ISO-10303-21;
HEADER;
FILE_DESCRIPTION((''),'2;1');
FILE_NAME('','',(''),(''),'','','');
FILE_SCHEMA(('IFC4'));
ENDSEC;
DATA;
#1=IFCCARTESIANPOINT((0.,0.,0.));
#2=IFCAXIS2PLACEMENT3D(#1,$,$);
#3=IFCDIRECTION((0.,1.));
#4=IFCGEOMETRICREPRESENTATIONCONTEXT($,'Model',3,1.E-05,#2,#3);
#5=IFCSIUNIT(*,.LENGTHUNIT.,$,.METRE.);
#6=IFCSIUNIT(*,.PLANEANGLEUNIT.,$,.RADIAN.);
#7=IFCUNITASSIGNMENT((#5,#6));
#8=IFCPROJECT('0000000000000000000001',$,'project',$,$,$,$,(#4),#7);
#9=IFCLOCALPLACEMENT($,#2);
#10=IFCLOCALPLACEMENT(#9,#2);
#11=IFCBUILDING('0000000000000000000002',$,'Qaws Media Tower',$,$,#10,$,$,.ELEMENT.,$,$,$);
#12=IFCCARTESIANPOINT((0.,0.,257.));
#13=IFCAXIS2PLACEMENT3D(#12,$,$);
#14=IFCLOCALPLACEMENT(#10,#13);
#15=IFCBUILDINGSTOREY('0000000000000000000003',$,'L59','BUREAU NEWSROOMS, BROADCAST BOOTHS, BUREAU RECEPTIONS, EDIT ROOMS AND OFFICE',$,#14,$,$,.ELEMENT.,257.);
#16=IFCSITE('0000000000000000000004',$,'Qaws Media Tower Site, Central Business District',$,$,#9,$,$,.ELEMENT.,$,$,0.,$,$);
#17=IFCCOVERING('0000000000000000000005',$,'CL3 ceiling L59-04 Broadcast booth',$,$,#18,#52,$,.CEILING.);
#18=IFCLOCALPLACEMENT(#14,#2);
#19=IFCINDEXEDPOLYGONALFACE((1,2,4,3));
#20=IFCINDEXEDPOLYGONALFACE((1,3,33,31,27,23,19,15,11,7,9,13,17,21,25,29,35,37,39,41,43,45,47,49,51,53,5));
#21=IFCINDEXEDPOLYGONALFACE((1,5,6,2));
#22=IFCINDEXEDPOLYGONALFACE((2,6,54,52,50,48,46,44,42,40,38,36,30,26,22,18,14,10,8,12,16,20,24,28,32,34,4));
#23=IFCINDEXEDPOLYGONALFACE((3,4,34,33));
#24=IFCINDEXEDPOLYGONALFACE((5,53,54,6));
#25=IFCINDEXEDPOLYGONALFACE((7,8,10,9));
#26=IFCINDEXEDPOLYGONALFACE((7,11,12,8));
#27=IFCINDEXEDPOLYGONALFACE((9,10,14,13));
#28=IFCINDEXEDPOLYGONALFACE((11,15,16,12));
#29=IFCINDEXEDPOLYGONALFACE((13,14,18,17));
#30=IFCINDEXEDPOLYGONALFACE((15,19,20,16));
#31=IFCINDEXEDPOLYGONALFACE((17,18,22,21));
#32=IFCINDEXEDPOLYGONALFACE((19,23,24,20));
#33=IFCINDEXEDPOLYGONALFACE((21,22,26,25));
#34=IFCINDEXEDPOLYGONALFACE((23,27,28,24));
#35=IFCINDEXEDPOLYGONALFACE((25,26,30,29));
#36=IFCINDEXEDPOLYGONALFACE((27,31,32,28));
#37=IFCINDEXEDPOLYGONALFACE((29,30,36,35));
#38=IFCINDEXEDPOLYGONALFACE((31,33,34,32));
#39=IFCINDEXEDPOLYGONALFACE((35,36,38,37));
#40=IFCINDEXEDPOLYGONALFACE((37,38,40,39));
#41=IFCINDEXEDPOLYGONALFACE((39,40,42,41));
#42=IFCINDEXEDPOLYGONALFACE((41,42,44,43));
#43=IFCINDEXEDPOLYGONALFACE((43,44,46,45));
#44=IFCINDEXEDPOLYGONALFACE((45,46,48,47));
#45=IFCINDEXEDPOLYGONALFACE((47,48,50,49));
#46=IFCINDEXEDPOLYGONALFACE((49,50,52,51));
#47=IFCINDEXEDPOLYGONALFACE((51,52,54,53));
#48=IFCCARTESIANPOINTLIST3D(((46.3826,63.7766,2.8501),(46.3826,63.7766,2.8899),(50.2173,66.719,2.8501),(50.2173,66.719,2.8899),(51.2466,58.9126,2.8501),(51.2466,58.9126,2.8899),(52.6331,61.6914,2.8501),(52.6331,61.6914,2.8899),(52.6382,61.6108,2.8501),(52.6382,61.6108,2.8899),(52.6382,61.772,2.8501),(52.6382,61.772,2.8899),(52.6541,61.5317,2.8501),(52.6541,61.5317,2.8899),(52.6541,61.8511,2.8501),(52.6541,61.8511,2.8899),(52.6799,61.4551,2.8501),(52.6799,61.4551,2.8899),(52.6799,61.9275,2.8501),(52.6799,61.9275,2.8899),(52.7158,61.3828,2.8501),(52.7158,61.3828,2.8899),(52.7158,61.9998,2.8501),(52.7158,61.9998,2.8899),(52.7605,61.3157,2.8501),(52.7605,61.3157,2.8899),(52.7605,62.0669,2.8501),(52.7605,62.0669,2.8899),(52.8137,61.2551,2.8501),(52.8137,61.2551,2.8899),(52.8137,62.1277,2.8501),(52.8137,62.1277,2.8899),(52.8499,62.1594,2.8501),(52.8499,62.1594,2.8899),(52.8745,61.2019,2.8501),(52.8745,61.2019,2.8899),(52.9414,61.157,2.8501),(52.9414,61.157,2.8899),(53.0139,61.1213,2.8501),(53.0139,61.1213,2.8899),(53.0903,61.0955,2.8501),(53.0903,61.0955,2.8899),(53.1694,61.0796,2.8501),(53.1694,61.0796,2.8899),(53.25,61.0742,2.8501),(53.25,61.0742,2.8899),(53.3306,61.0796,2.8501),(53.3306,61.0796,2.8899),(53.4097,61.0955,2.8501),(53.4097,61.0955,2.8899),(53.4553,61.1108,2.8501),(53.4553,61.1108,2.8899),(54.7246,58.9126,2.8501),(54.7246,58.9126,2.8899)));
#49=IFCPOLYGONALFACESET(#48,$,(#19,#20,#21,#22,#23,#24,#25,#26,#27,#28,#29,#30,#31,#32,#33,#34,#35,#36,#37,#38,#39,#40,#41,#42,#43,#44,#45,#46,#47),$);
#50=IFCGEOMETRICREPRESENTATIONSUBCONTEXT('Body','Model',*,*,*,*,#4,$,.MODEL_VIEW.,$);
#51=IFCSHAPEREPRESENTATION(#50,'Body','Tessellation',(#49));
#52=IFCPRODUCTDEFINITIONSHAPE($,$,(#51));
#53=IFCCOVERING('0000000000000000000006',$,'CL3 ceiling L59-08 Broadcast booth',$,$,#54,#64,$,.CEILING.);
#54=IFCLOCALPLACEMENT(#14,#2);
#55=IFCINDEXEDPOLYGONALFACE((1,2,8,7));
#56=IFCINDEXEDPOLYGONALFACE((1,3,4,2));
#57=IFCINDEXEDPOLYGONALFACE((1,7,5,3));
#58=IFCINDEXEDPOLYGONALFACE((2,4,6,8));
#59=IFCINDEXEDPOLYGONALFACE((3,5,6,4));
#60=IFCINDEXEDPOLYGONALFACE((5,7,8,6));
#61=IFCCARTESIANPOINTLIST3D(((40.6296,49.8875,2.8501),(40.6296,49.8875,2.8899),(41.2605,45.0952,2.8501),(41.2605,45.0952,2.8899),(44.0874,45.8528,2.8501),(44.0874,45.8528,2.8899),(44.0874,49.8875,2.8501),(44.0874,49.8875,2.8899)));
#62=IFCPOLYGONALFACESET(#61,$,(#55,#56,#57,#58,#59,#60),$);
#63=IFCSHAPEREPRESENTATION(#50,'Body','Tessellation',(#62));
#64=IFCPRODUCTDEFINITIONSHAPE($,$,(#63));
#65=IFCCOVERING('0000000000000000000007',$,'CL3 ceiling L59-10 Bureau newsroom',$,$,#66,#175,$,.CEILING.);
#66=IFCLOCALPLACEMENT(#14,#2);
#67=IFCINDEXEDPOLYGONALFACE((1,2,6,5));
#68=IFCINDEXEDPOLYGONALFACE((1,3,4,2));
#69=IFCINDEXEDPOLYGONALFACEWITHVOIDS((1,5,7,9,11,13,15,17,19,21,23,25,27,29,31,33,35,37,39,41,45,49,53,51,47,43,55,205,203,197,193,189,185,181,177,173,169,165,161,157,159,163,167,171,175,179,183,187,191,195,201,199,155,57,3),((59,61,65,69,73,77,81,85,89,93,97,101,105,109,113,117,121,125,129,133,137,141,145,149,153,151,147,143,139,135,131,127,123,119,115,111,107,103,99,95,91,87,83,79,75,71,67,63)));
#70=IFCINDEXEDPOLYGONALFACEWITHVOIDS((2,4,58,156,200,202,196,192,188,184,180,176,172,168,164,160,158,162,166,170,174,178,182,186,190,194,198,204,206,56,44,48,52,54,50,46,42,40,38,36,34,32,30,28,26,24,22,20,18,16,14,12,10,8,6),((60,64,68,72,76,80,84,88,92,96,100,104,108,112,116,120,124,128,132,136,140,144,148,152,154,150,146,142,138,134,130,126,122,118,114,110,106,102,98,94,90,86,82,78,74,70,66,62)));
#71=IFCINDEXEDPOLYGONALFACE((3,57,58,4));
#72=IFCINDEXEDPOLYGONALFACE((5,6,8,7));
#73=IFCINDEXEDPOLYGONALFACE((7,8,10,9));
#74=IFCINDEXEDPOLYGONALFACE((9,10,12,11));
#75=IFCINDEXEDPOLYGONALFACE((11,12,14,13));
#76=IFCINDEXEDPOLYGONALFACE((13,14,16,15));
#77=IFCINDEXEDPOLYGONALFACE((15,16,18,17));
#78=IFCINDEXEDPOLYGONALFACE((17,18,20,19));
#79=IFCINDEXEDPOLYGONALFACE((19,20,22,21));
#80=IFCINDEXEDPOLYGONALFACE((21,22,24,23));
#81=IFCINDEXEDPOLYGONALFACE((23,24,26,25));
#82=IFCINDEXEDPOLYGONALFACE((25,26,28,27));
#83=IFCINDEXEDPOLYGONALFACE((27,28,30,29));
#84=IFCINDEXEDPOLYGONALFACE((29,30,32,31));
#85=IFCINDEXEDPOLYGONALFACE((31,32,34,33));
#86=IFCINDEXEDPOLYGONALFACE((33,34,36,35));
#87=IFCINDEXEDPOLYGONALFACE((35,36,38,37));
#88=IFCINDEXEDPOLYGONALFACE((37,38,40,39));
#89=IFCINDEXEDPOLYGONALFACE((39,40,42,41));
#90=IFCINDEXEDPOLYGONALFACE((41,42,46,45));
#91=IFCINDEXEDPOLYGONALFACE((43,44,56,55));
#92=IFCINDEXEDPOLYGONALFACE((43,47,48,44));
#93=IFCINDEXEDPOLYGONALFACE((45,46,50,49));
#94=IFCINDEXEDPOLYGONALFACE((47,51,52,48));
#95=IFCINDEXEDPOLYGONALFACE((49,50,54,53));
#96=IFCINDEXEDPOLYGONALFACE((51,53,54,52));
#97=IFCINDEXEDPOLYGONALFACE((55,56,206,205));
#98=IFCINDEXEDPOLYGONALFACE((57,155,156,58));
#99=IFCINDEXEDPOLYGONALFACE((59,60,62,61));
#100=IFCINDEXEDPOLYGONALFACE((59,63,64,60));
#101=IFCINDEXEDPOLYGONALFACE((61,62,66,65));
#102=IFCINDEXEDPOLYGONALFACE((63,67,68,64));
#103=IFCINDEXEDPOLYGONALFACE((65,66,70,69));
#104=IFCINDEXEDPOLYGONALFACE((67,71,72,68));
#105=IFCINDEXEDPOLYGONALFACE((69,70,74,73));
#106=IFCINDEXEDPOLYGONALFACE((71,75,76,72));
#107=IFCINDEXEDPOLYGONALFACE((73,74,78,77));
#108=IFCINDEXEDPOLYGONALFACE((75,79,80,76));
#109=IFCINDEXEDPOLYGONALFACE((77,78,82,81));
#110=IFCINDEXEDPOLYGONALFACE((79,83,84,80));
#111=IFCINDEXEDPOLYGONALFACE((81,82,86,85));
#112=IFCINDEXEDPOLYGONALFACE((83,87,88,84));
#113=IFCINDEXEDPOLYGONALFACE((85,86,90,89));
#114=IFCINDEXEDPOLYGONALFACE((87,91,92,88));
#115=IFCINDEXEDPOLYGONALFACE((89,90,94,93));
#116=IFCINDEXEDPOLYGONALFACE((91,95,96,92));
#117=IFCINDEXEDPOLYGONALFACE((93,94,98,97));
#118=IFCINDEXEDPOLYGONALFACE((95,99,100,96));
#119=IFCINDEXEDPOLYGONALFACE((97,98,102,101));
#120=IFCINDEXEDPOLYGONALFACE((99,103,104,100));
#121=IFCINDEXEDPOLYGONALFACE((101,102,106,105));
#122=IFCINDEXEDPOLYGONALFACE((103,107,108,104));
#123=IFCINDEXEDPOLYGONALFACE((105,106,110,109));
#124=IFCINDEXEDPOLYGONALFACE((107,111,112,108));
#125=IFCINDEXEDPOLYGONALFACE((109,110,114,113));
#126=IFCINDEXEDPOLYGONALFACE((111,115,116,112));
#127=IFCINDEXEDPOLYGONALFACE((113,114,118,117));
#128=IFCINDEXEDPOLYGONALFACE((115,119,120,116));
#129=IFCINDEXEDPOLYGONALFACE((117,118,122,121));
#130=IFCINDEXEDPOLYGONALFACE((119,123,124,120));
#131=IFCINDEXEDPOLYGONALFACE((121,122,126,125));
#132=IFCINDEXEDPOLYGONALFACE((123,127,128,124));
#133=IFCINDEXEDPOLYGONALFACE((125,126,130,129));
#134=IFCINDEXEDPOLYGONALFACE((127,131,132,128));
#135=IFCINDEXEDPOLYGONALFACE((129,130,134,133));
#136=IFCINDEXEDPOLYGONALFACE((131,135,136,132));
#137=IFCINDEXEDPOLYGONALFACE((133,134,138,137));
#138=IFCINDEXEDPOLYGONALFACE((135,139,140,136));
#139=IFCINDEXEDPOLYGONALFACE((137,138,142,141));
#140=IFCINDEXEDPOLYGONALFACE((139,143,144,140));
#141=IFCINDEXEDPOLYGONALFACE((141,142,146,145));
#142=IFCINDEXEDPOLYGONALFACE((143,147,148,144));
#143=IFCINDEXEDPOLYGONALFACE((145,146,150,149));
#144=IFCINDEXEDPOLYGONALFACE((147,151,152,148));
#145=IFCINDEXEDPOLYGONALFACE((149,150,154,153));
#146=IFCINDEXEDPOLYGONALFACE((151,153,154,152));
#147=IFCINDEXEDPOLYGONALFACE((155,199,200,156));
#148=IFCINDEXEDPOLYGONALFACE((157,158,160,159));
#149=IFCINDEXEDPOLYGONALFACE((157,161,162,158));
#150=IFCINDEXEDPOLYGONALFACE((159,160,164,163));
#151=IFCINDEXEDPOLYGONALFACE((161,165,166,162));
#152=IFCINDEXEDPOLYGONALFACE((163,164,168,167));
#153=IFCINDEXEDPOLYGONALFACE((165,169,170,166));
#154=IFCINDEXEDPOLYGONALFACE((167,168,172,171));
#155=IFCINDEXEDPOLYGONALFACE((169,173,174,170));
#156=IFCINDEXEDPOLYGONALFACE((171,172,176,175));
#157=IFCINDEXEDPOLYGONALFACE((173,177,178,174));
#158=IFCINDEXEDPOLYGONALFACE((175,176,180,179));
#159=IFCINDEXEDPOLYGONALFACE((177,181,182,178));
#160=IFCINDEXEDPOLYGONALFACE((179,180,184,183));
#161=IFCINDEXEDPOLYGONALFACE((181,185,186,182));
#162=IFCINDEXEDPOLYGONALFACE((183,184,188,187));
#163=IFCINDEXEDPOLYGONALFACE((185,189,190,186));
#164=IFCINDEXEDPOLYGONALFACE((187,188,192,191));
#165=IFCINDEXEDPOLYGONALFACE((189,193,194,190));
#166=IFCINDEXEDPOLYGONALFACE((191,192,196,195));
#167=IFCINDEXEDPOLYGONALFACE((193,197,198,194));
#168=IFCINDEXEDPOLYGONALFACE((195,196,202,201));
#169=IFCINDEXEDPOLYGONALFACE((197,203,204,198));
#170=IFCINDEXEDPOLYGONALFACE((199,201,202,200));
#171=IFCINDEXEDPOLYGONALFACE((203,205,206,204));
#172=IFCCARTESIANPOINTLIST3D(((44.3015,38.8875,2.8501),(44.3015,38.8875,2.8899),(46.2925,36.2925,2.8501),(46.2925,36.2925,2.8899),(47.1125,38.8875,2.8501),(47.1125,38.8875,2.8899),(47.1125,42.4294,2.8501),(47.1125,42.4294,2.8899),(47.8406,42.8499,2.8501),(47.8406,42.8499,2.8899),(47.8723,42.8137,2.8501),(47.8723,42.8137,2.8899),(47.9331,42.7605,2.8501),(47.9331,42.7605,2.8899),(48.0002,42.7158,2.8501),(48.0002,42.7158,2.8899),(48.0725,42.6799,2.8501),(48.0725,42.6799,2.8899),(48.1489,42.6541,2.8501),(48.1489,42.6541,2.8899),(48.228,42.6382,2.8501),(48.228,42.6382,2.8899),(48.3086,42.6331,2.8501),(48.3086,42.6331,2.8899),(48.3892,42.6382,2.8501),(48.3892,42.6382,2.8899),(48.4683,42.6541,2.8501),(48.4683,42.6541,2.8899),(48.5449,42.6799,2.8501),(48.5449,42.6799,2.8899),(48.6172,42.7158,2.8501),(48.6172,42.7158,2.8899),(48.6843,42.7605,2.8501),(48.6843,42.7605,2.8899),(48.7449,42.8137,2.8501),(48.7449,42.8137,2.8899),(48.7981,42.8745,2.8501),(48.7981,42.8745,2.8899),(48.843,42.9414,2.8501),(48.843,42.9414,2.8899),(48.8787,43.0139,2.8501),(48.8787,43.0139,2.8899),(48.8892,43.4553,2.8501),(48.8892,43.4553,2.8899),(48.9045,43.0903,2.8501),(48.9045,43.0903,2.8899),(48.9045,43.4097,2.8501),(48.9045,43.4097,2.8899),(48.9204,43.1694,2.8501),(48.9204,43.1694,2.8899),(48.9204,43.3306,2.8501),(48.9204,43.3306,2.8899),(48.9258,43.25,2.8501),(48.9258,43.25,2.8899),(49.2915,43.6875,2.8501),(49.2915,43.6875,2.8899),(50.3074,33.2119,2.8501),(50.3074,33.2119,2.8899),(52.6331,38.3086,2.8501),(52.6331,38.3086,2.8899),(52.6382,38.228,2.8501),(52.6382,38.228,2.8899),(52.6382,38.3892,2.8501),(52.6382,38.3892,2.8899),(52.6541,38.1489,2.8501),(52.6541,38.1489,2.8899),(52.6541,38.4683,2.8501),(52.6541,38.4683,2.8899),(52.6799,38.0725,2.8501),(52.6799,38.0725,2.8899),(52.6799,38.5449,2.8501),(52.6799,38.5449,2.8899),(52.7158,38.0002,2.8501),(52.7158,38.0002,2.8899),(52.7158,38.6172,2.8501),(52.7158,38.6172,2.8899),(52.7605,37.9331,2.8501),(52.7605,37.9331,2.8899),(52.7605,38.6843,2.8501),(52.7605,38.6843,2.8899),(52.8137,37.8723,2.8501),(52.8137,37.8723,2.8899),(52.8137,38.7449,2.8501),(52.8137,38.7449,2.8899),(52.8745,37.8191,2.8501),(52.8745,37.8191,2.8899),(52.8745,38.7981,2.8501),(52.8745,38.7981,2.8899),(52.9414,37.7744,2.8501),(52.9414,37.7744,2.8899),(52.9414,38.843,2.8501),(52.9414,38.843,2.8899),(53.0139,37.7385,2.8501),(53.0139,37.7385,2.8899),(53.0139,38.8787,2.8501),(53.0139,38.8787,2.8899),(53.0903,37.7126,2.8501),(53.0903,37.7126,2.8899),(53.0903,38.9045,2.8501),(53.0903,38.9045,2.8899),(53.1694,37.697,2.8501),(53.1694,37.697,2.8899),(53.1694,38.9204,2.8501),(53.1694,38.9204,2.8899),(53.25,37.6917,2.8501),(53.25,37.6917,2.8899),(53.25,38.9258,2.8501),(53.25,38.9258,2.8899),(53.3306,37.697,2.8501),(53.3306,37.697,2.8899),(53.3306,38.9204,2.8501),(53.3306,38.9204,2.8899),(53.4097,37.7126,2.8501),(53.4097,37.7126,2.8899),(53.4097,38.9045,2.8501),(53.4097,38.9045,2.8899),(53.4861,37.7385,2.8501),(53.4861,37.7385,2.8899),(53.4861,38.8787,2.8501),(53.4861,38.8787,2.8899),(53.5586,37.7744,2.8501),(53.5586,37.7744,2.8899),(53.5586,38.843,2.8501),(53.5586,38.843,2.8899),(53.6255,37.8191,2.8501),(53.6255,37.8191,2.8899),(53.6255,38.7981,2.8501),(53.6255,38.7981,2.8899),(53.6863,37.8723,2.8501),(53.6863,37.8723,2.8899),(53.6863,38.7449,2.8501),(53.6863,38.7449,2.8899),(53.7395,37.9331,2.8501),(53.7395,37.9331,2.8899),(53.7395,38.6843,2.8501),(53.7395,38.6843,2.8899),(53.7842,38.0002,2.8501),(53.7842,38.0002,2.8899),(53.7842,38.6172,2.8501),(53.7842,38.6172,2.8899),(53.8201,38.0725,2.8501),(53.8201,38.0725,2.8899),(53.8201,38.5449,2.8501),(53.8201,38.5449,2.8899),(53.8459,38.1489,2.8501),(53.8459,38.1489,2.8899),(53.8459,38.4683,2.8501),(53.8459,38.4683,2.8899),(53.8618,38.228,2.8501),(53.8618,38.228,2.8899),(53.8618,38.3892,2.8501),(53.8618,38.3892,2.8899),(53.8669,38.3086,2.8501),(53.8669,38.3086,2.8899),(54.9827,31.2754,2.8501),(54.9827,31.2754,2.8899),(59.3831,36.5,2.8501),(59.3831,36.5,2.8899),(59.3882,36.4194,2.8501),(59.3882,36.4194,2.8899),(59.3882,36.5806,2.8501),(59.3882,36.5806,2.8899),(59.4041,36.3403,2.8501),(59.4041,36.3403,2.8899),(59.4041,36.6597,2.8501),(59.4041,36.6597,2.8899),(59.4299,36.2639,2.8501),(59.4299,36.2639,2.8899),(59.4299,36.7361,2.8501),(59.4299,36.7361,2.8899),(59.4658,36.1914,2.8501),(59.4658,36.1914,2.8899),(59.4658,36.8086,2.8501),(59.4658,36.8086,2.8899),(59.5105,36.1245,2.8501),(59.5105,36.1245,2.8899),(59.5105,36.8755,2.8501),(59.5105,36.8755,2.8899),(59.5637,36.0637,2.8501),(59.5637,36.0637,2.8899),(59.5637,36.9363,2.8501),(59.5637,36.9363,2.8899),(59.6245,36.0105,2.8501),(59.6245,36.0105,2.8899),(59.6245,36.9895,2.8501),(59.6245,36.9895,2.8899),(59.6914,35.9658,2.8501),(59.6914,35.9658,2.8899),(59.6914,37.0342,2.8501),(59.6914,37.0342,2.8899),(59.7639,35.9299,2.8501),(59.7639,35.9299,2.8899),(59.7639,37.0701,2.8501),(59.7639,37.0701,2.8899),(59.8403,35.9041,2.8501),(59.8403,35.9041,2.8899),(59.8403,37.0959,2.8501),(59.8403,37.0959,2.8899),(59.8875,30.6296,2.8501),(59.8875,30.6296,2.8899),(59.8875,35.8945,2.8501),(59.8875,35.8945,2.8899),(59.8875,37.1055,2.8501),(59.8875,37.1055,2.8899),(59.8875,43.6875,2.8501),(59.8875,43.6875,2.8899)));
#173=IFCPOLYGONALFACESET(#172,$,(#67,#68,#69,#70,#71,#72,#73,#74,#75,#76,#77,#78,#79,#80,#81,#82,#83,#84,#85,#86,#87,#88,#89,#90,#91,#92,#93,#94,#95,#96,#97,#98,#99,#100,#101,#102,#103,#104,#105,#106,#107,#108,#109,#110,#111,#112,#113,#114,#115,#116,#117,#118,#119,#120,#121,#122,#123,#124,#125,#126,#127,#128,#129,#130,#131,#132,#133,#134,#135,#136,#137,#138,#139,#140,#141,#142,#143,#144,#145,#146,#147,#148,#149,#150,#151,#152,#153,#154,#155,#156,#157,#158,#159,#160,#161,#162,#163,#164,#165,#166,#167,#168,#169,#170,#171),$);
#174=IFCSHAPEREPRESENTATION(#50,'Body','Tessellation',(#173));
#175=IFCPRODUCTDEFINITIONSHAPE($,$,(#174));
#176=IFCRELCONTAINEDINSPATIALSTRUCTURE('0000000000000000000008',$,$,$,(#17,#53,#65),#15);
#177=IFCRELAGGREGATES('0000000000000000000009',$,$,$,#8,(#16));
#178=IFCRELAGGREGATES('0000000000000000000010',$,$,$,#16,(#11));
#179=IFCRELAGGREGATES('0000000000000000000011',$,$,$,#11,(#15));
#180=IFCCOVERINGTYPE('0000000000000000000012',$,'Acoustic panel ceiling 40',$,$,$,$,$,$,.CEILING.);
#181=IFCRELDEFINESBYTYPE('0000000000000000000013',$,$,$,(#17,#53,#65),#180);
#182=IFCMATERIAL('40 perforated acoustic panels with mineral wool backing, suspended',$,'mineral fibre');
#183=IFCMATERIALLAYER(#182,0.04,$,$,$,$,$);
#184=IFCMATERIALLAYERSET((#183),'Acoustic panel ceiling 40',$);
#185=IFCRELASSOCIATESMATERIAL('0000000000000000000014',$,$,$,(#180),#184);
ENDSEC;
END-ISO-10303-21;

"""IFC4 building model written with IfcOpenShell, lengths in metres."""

from ifc_helpers import new_model, si_unit, direction, frame, origin, place, context, subcontext, project, spatial, polyline, outline, extrude, material, layer, layer_set, type_object, element, save


model = new_model("IFC4")

# Units and contexts
model_context = context("Model", 3, precision=1e-05, world=origin(), true_north=direction((0.0, 1.0)))
body_context = subcontext(model_context, "Body", "Model", "MODEL_VIEW")
ifc_project = project(units=[si_unit("LENGTHUNIT", "METRE"), si_unit("PLANEANGLEUNIT", "RADIAN")], contexts=[model_context])

# Site, building, storey
site_placement = place(None, origin())
site = spatial("IfcSite", under=ifc_project, at=site_placement, Name="Qaws Media Tower Site, Central Business District", CompositionType="ELEMENT", RefElevation=0.0)
building_placement = place(site_placement, origin())
building = spatial("IfcBuilding", under=site, at=building_placement, Name="Qaws Media Tower", CompositionType="ELEMENT")
storey_placement = place(building_placement, frame((0.0, 0.0, 257.0)))
storey = spatial("IfcBuildingStorey", under=building, at=storey_placement, Name="L59", Description="BUREAU NEWSROOMS, BROADCAST BOOTHS, BUREAU RECEPTIONS, EDIT ROOMS AND OFFICE", CompositionType="ELEMENT", Elevation=257.0)

# Coverings
ifc_material_1 = material(Name="40 perforated acoustic panels with mineral wool backing, suspended", Category="mineral fibre")
ifc_layer_1 = layer(ifc_material_1, 0.04)
ifc_layer_set_1 = layer_set([ifc_layer_1], Name="Acoustic panel ceiling 40")
covering_type_1 = type_object("IfcCoveringType", Name="Acoustic panel ceiling 40", PredefinedType="CEILING", material=ifc_layer_set_1)
covering_1_placement = place(storey_placement, frame((0.0, 0.0, 2.8501)))
element("IfcCovering", 1, at=covering_1_placement, inside=storey, type_object=covering_type_1, Name="CL3 ceiling L59-04 Broadcast booth", PredefinedType="CEILING", context=body_context, shape_type="SweptSolid", body=[
    extrude(outline(polyline([(50.2173, 66.719), (52.8499, 62.1594), (52.8137, 62.1277), (52.7605, 62.0669), (52.7158, 61.9998), (52.6799, 61.9275), (52.6541, 61.8511), (52.6382, 61.772), (52.6331, 61.6914), (52.6382, 61.6108), (52.6541, 61.5317), (52.6799, 61.4551), (52.7158, 61.3828), (52.7605, 61.3157), (52.8137, 61.2551), (52.8745, 61.2019), (52.9414, 61.157), (53.0139, 61.1213), (53.0903, 61.0955), (53.1694, 61.0796), (53.25, 61.0742), (53.3306, 61.0796), (53.4097, 61.0955), (53.4553, 61.1108), (54.7246, 58.9126), (51.2466, 58.9126), (46.3826, 63.7766), (50.2173, 66.719)])), origin(), (0.0, 0.0, 1.0), 0.0398),
])
covering_2_placement = place(storey_placement, frame((0.0, 0.0, 2.8501)))
element("IfcCovering", 2, at=covering_2_placement, inside=storey, type_object=covering_type_1, Name="CL3 ceiling L59-08 Broadcast booth", PredefinedType="CEILING", context=body_context, shape_type="SweptSolid", body=[
    extrude(outline(polyline([(40.6296, 49.8875), (44.0874, 49.8875), (44.0874, 45.8528), (41.2605, 45.0952), (40.6296, 49.8875)])), origin(), (0.0, 0.0, 1.0), 0.0398),
])
covering_3_placement = place(storey_placement, frame((0.0, 0.0, 2.8501)))
element("IfcCovering", 3, at=covering_3_placement, inside=storey, type_object=covering_type_1, Name="CL3 ceiling L59-10 Bureau newsroom", PredefinedType="CEILING", context=body_context, shape_type="SweptSolid", body=[
    extrude(outline(polyline([(47.1125, 38.8875), (47.1125, 42.4294), (47.8406, 42.8499), (47.8723, 42.8137), (47.9331, 42.7605), (48.0002, 42.7158), (48.0725, 42.6799), (48.1489, 42.6541), (48.228, 42.6382), (48.3086, 42.6331), (48.3892, 42.6382), (48.4683, 42.6541), (48.5449, 42.6799), (48.6172, 42.7158), (48.6843, 42.7605), (48.7449, 42.8137), (48.7981, 42.8745), (48.843, 42.9414), (48.8787, 43.0139), (48.9045, 43.0903), (48.9204, 43.1694), (48.9258, 43.25), (48.9204, 43.3306), (48.9045, 43.4097), (48.8892, 43.4553), (49.2915, 43.6875), (59.8875, 43.6875), (59.8875, 37.1055), (59.8403, 37.0959), (59.7639, 37.0701), (59.6914, 37.0342), (59.6245, 36.9895), (59.5637, 36.9363), (59.5105, 36.8755), (59.4658, 36.8086), (59.4299, 36.7361), (59.4041, 36.6597), (59.3882, 36.5806), (59.3831, 36.5), (59.3882, 36.4194), (59.4041, 36.3403), (59.4299, 36.2639), (59.4658, 36.1914), (59.5105, 36.1245), (59.5637, 36.0637), (59.6245, 36.0105), (59.6914, 35.9658), (59.7639, 35.9299), (59.8403, 35.9041), (59.8875, 35.8945), (59.8875, 30.6296), (54.9827, 31.2754), (50.3074, 33.2119), (46.2925, 36.2925), (44.3015, 38.8875), (47.1125, 38.8875)]), holes=[polyline([(53.8459, 38.1489), (53.8618, 38.228), (53.8669, 38.3086), (53.8618, 38.3892), (53.8459, 38.4683), (53.8201, 38.5449), (53.7842, 38.6172), (53.7395, 38.6843), (53.6863, 38.7449), (53.6255, 38.7981), (53.5586, 38.843), (53.4861, 38.8787), (53.4097, 38.9045), (53.3306, 38.9204), (53.25, 38.9258), (53.1694, 38.9204), (53.0903, 38.9045), (53.0139, 38.8787), (52.9414, 38.843), (52.8745, 38.7981), (52.8137, 38.7449), (52.7605, 38.6843), (52.7158, 38.6172), (52.6799, 38.5449), (52.6541, 38.4683), (52.6382, 38.3892), (52.6331, 38.3086), (52.6382, 38.228), (52.6541, 38.1489), (52.6799, 38.0725), (52.7158, 38.0002), (52.7605, 37.9331), (52.8137, 37.8723), (52.8745, 37.8191), (52.9414, 37.7744), (53.0139, 37.7385), (53.0903, 37.7126), (53.1694, 37.697), (53.25, 37.6917), (53.3306, 37.697), (53.4097, 37.7126), (53.4861, 37.7385), (53.5586, 37.7744), (53.6255, 37.8191), (53.6863, 37.8723), (53.7395, 37.9331), (53.7842, 38.0002), (53.8201, 38.0725), (53.8459, 38.1489)])]), origin(), (0.0, 0.0, 1.0), 0.0398),
])

save(model, "model.ifc")
